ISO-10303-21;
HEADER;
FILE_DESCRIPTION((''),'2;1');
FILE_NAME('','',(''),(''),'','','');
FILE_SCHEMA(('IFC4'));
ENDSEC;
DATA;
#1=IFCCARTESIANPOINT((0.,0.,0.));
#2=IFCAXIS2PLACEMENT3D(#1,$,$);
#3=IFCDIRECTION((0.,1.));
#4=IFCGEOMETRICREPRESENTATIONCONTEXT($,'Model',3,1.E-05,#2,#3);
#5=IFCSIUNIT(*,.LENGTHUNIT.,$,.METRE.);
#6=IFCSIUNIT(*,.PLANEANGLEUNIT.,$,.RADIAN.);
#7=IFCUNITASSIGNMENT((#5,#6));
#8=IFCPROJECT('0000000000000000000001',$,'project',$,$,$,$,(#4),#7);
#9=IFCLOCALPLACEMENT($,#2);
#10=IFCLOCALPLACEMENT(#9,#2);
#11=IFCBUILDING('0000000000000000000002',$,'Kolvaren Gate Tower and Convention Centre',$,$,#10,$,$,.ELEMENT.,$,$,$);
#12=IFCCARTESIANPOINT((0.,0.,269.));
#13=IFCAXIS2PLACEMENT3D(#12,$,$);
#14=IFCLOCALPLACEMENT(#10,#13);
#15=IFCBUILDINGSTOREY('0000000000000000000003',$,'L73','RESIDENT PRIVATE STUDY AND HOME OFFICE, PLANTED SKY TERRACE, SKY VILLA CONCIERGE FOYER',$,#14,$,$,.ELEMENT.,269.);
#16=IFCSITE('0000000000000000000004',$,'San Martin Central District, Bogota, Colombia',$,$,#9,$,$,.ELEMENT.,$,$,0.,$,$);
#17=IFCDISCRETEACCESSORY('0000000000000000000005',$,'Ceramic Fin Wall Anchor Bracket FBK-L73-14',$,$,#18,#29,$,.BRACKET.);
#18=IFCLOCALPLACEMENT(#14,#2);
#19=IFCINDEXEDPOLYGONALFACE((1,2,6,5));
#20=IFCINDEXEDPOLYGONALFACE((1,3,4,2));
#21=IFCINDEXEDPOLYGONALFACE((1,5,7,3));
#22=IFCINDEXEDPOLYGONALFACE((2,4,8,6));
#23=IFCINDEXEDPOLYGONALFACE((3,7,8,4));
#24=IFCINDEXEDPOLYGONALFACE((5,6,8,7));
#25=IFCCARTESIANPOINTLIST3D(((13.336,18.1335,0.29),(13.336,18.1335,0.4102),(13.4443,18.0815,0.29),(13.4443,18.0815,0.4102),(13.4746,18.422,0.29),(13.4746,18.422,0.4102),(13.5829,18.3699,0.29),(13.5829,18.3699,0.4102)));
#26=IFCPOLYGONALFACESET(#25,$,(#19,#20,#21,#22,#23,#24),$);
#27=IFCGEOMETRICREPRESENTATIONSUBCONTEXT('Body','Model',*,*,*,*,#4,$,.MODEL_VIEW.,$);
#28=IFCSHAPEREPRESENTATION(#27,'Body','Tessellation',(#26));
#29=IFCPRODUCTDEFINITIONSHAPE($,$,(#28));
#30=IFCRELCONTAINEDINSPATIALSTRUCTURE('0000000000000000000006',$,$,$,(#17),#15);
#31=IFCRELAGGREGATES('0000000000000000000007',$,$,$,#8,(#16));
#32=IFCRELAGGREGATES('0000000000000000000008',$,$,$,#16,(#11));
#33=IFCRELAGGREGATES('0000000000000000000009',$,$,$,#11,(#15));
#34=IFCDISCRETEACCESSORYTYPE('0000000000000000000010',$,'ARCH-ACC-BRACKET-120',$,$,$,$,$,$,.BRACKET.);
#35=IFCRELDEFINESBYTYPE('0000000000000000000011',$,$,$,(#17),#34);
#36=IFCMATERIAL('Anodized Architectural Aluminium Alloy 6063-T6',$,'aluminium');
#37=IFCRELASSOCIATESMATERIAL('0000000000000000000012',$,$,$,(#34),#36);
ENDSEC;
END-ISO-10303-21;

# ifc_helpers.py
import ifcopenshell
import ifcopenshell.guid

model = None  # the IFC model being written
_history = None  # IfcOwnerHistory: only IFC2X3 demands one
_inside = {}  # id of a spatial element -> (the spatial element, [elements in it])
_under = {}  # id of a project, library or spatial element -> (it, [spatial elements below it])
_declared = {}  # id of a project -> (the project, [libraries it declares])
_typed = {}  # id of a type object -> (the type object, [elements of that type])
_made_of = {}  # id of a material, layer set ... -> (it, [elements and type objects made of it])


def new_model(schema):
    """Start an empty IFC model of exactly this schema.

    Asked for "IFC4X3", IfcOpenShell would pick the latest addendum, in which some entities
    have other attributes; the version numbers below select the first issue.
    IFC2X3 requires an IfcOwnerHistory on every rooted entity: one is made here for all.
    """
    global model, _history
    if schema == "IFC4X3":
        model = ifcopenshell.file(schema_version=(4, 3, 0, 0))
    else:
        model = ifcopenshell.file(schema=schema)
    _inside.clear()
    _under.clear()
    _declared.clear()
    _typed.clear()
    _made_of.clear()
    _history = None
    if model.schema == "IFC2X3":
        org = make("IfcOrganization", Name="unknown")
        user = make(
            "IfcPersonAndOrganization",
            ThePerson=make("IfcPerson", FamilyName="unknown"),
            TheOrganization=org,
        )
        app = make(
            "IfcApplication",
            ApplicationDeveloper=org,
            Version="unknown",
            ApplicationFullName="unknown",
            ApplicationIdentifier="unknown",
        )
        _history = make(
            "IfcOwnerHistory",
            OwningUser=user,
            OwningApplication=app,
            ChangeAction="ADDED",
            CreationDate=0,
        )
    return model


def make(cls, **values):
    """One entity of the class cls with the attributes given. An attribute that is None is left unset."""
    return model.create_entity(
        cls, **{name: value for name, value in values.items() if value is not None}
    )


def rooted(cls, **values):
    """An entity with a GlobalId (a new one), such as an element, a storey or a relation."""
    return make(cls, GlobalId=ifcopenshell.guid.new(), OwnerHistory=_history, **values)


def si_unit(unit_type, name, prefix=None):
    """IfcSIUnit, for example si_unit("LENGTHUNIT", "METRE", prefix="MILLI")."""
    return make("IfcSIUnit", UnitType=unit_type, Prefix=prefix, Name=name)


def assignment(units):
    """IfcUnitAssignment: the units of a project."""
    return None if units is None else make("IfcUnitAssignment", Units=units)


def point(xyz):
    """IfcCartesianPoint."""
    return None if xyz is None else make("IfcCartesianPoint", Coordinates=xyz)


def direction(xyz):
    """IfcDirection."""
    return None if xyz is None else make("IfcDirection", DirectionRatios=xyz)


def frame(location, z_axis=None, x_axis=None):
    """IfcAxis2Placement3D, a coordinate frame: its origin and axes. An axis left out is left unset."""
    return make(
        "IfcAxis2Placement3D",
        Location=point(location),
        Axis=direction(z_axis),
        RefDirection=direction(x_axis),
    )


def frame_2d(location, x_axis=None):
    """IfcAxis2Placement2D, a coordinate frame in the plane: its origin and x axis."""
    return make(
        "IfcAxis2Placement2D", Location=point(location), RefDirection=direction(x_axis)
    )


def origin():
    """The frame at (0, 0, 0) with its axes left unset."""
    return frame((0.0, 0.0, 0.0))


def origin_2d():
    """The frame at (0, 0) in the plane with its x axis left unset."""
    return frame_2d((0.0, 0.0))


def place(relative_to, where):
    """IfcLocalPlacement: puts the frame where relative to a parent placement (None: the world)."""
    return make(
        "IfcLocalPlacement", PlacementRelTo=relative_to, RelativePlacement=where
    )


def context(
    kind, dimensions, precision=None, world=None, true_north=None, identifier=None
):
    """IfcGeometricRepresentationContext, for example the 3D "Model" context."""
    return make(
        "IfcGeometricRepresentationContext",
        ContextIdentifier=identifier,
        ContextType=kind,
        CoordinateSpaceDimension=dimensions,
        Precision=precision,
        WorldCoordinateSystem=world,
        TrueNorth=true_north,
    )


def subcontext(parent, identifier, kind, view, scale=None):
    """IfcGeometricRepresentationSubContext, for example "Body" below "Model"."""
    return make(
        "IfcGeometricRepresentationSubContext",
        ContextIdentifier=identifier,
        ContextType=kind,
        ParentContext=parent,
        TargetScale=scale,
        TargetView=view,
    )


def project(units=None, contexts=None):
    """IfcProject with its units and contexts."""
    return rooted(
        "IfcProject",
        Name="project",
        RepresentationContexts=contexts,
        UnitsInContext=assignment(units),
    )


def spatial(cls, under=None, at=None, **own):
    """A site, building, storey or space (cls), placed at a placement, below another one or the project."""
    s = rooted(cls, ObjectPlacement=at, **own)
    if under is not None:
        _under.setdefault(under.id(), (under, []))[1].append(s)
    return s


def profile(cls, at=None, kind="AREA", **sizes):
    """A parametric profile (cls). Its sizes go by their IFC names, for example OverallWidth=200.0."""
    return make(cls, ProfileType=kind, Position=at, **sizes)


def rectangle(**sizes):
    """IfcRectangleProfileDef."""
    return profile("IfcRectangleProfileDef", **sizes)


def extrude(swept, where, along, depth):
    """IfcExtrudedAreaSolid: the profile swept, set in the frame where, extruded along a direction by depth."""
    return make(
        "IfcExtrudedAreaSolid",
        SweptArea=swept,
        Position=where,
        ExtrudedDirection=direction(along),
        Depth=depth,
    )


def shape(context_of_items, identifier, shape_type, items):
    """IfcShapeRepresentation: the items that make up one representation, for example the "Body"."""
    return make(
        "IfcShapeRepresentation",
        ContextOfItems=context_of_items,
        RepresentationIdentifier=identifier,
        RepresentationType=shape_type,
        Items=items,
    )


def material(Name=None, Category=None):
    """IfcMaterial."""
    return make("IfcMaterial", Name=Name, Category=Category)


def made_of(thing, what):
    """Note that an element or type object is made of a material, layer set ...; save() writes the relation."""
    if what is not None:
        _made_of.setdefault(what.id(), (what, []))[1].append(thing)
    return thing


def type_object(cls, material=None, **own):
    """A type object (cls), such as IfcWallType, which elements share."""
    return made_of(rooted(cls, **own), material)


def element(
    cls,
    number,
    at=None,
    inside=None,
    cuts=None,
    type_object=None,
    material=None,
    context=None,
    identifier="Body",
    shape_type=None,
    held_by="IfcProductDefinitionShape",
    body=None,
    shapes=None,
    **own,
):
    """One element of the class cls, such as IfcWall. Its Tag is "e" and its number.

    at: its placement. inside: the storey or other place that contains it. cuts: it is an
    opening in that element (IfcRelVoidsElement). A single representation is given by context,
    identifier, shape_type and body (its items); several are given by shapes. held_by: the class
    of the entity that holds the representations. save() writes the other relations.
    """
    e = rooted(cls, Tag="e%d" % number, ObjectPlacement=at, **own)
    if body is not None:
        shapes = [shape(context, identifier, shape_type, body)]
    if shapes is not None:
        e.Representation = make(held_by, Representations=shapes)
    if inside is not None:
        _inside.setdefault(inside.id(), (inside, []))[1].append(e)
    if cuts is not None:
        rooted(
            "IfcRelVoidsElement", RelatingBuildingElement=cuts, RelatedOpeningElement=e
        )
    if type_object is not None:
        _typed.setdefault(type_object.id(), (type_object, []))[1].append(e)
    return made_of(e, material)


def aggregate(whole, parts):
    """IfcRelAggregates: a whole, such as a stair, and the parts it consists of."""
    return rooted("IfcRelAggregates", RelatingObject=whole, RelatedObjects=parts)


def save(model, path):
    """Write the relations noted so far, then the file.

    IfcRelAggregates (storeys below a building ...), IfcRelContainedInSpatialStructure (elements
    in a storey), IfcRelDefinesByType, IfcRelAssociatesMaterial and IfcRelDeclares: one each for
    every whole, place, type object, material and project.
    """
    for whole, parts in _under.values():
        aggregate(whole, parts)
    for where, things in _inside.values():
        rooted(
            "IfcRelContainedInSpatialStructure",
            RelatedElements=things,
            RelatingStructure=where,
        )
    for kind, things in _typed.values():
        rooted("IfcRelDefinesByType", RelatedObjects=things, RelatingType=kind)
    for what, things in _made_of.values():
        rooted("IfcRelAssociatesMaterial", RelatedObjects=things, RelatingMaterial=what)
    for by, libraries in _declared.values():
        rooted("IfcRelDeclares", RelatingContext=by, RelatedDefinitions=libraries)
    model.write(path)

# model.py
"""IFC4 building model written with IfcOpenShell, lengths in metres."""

from ifc_helpers import new_model, si_unit, direction, frame, origin, origin_2d, place, context, subcontext, project, spatial, rectangle, extrude, material, type_object, element, save


model = new_model("IFC4")

# Units and contexts
model_context = context("Model", 3, precision=1e-05, world=origin(), true_north=direction((0.0, 1.0)))
body_context = subcontext(model_context, "Body", "Model", "MODEL_VIEW")
ifc_project = project(units=[si_unit("LENGTHUNIT", "METRE"), si_unit("PLANEANGLEUNIT", "RADIAN")], contexts=[model_context])

# Site, building, storey
site_placement = place(None, origin())
site = spatial("IfcSite", under=ifc_project, at=site_placement, Name="San Martin Central District, Bogota, Colombia", CompositionType="ELEMENT", RefElevation=0.0)
building_placement = place(site_placement, origin())
building = spatial("IfcBuilding", under=site, at=building_placement, Name="Kolvaren Gate Tower and Convention Centre", CompositionType="ELEMENT")
storey_placement = place(building_placement, frame((0.0, 0.0, 269.0)))
storey = spatial("IfcBuildingStorey", under=building, at=storey_placement, Name="L73", Description="RESIDENT PRIVATE STUDY AND HOME OFFICE, PLANTED SKY TERRACE, SKY VILLA CONCIERGE FOYER", CompositionType="ELEMENT", Elevation=269.0)

# Discrete accessory
ifc_material_1 = material(Name="Anodized Architectural Aluminium Alloy 6063-T6", Category="aluminium")
discrete_accessory_type = type_object("IfcDiscreteAccessoryType", Name="ARCH-ACC-BRACKET-120", PredefinedType="BRACKET", material=ifc_material_1)
discrete_accessory_placement = place(storey_placement, frame((13.4595, 18.2517, 0.29), z_axis=(0.0, 0.0, 1.0), x_axis=(0.901356, -0.433079, 0.0)))
element("IfcDiscreteAccessory", 1, at=discrete_accessory_placement, inside=storey, type_object=discrete_accessory_type, Name="Ceramic Fin Wall Anchor Bracket FBK-L73-14", PredefinedType="BRACKET", context=body_context, shape_type="SweptSolid", body=[
    extrude(rectangle(XDim=0.1201, YDim=0.3201, at=origin_2d()), origin(), (0.0, 0.0, 1.0), 0.1201),
])

save(model, "model.ifc")
